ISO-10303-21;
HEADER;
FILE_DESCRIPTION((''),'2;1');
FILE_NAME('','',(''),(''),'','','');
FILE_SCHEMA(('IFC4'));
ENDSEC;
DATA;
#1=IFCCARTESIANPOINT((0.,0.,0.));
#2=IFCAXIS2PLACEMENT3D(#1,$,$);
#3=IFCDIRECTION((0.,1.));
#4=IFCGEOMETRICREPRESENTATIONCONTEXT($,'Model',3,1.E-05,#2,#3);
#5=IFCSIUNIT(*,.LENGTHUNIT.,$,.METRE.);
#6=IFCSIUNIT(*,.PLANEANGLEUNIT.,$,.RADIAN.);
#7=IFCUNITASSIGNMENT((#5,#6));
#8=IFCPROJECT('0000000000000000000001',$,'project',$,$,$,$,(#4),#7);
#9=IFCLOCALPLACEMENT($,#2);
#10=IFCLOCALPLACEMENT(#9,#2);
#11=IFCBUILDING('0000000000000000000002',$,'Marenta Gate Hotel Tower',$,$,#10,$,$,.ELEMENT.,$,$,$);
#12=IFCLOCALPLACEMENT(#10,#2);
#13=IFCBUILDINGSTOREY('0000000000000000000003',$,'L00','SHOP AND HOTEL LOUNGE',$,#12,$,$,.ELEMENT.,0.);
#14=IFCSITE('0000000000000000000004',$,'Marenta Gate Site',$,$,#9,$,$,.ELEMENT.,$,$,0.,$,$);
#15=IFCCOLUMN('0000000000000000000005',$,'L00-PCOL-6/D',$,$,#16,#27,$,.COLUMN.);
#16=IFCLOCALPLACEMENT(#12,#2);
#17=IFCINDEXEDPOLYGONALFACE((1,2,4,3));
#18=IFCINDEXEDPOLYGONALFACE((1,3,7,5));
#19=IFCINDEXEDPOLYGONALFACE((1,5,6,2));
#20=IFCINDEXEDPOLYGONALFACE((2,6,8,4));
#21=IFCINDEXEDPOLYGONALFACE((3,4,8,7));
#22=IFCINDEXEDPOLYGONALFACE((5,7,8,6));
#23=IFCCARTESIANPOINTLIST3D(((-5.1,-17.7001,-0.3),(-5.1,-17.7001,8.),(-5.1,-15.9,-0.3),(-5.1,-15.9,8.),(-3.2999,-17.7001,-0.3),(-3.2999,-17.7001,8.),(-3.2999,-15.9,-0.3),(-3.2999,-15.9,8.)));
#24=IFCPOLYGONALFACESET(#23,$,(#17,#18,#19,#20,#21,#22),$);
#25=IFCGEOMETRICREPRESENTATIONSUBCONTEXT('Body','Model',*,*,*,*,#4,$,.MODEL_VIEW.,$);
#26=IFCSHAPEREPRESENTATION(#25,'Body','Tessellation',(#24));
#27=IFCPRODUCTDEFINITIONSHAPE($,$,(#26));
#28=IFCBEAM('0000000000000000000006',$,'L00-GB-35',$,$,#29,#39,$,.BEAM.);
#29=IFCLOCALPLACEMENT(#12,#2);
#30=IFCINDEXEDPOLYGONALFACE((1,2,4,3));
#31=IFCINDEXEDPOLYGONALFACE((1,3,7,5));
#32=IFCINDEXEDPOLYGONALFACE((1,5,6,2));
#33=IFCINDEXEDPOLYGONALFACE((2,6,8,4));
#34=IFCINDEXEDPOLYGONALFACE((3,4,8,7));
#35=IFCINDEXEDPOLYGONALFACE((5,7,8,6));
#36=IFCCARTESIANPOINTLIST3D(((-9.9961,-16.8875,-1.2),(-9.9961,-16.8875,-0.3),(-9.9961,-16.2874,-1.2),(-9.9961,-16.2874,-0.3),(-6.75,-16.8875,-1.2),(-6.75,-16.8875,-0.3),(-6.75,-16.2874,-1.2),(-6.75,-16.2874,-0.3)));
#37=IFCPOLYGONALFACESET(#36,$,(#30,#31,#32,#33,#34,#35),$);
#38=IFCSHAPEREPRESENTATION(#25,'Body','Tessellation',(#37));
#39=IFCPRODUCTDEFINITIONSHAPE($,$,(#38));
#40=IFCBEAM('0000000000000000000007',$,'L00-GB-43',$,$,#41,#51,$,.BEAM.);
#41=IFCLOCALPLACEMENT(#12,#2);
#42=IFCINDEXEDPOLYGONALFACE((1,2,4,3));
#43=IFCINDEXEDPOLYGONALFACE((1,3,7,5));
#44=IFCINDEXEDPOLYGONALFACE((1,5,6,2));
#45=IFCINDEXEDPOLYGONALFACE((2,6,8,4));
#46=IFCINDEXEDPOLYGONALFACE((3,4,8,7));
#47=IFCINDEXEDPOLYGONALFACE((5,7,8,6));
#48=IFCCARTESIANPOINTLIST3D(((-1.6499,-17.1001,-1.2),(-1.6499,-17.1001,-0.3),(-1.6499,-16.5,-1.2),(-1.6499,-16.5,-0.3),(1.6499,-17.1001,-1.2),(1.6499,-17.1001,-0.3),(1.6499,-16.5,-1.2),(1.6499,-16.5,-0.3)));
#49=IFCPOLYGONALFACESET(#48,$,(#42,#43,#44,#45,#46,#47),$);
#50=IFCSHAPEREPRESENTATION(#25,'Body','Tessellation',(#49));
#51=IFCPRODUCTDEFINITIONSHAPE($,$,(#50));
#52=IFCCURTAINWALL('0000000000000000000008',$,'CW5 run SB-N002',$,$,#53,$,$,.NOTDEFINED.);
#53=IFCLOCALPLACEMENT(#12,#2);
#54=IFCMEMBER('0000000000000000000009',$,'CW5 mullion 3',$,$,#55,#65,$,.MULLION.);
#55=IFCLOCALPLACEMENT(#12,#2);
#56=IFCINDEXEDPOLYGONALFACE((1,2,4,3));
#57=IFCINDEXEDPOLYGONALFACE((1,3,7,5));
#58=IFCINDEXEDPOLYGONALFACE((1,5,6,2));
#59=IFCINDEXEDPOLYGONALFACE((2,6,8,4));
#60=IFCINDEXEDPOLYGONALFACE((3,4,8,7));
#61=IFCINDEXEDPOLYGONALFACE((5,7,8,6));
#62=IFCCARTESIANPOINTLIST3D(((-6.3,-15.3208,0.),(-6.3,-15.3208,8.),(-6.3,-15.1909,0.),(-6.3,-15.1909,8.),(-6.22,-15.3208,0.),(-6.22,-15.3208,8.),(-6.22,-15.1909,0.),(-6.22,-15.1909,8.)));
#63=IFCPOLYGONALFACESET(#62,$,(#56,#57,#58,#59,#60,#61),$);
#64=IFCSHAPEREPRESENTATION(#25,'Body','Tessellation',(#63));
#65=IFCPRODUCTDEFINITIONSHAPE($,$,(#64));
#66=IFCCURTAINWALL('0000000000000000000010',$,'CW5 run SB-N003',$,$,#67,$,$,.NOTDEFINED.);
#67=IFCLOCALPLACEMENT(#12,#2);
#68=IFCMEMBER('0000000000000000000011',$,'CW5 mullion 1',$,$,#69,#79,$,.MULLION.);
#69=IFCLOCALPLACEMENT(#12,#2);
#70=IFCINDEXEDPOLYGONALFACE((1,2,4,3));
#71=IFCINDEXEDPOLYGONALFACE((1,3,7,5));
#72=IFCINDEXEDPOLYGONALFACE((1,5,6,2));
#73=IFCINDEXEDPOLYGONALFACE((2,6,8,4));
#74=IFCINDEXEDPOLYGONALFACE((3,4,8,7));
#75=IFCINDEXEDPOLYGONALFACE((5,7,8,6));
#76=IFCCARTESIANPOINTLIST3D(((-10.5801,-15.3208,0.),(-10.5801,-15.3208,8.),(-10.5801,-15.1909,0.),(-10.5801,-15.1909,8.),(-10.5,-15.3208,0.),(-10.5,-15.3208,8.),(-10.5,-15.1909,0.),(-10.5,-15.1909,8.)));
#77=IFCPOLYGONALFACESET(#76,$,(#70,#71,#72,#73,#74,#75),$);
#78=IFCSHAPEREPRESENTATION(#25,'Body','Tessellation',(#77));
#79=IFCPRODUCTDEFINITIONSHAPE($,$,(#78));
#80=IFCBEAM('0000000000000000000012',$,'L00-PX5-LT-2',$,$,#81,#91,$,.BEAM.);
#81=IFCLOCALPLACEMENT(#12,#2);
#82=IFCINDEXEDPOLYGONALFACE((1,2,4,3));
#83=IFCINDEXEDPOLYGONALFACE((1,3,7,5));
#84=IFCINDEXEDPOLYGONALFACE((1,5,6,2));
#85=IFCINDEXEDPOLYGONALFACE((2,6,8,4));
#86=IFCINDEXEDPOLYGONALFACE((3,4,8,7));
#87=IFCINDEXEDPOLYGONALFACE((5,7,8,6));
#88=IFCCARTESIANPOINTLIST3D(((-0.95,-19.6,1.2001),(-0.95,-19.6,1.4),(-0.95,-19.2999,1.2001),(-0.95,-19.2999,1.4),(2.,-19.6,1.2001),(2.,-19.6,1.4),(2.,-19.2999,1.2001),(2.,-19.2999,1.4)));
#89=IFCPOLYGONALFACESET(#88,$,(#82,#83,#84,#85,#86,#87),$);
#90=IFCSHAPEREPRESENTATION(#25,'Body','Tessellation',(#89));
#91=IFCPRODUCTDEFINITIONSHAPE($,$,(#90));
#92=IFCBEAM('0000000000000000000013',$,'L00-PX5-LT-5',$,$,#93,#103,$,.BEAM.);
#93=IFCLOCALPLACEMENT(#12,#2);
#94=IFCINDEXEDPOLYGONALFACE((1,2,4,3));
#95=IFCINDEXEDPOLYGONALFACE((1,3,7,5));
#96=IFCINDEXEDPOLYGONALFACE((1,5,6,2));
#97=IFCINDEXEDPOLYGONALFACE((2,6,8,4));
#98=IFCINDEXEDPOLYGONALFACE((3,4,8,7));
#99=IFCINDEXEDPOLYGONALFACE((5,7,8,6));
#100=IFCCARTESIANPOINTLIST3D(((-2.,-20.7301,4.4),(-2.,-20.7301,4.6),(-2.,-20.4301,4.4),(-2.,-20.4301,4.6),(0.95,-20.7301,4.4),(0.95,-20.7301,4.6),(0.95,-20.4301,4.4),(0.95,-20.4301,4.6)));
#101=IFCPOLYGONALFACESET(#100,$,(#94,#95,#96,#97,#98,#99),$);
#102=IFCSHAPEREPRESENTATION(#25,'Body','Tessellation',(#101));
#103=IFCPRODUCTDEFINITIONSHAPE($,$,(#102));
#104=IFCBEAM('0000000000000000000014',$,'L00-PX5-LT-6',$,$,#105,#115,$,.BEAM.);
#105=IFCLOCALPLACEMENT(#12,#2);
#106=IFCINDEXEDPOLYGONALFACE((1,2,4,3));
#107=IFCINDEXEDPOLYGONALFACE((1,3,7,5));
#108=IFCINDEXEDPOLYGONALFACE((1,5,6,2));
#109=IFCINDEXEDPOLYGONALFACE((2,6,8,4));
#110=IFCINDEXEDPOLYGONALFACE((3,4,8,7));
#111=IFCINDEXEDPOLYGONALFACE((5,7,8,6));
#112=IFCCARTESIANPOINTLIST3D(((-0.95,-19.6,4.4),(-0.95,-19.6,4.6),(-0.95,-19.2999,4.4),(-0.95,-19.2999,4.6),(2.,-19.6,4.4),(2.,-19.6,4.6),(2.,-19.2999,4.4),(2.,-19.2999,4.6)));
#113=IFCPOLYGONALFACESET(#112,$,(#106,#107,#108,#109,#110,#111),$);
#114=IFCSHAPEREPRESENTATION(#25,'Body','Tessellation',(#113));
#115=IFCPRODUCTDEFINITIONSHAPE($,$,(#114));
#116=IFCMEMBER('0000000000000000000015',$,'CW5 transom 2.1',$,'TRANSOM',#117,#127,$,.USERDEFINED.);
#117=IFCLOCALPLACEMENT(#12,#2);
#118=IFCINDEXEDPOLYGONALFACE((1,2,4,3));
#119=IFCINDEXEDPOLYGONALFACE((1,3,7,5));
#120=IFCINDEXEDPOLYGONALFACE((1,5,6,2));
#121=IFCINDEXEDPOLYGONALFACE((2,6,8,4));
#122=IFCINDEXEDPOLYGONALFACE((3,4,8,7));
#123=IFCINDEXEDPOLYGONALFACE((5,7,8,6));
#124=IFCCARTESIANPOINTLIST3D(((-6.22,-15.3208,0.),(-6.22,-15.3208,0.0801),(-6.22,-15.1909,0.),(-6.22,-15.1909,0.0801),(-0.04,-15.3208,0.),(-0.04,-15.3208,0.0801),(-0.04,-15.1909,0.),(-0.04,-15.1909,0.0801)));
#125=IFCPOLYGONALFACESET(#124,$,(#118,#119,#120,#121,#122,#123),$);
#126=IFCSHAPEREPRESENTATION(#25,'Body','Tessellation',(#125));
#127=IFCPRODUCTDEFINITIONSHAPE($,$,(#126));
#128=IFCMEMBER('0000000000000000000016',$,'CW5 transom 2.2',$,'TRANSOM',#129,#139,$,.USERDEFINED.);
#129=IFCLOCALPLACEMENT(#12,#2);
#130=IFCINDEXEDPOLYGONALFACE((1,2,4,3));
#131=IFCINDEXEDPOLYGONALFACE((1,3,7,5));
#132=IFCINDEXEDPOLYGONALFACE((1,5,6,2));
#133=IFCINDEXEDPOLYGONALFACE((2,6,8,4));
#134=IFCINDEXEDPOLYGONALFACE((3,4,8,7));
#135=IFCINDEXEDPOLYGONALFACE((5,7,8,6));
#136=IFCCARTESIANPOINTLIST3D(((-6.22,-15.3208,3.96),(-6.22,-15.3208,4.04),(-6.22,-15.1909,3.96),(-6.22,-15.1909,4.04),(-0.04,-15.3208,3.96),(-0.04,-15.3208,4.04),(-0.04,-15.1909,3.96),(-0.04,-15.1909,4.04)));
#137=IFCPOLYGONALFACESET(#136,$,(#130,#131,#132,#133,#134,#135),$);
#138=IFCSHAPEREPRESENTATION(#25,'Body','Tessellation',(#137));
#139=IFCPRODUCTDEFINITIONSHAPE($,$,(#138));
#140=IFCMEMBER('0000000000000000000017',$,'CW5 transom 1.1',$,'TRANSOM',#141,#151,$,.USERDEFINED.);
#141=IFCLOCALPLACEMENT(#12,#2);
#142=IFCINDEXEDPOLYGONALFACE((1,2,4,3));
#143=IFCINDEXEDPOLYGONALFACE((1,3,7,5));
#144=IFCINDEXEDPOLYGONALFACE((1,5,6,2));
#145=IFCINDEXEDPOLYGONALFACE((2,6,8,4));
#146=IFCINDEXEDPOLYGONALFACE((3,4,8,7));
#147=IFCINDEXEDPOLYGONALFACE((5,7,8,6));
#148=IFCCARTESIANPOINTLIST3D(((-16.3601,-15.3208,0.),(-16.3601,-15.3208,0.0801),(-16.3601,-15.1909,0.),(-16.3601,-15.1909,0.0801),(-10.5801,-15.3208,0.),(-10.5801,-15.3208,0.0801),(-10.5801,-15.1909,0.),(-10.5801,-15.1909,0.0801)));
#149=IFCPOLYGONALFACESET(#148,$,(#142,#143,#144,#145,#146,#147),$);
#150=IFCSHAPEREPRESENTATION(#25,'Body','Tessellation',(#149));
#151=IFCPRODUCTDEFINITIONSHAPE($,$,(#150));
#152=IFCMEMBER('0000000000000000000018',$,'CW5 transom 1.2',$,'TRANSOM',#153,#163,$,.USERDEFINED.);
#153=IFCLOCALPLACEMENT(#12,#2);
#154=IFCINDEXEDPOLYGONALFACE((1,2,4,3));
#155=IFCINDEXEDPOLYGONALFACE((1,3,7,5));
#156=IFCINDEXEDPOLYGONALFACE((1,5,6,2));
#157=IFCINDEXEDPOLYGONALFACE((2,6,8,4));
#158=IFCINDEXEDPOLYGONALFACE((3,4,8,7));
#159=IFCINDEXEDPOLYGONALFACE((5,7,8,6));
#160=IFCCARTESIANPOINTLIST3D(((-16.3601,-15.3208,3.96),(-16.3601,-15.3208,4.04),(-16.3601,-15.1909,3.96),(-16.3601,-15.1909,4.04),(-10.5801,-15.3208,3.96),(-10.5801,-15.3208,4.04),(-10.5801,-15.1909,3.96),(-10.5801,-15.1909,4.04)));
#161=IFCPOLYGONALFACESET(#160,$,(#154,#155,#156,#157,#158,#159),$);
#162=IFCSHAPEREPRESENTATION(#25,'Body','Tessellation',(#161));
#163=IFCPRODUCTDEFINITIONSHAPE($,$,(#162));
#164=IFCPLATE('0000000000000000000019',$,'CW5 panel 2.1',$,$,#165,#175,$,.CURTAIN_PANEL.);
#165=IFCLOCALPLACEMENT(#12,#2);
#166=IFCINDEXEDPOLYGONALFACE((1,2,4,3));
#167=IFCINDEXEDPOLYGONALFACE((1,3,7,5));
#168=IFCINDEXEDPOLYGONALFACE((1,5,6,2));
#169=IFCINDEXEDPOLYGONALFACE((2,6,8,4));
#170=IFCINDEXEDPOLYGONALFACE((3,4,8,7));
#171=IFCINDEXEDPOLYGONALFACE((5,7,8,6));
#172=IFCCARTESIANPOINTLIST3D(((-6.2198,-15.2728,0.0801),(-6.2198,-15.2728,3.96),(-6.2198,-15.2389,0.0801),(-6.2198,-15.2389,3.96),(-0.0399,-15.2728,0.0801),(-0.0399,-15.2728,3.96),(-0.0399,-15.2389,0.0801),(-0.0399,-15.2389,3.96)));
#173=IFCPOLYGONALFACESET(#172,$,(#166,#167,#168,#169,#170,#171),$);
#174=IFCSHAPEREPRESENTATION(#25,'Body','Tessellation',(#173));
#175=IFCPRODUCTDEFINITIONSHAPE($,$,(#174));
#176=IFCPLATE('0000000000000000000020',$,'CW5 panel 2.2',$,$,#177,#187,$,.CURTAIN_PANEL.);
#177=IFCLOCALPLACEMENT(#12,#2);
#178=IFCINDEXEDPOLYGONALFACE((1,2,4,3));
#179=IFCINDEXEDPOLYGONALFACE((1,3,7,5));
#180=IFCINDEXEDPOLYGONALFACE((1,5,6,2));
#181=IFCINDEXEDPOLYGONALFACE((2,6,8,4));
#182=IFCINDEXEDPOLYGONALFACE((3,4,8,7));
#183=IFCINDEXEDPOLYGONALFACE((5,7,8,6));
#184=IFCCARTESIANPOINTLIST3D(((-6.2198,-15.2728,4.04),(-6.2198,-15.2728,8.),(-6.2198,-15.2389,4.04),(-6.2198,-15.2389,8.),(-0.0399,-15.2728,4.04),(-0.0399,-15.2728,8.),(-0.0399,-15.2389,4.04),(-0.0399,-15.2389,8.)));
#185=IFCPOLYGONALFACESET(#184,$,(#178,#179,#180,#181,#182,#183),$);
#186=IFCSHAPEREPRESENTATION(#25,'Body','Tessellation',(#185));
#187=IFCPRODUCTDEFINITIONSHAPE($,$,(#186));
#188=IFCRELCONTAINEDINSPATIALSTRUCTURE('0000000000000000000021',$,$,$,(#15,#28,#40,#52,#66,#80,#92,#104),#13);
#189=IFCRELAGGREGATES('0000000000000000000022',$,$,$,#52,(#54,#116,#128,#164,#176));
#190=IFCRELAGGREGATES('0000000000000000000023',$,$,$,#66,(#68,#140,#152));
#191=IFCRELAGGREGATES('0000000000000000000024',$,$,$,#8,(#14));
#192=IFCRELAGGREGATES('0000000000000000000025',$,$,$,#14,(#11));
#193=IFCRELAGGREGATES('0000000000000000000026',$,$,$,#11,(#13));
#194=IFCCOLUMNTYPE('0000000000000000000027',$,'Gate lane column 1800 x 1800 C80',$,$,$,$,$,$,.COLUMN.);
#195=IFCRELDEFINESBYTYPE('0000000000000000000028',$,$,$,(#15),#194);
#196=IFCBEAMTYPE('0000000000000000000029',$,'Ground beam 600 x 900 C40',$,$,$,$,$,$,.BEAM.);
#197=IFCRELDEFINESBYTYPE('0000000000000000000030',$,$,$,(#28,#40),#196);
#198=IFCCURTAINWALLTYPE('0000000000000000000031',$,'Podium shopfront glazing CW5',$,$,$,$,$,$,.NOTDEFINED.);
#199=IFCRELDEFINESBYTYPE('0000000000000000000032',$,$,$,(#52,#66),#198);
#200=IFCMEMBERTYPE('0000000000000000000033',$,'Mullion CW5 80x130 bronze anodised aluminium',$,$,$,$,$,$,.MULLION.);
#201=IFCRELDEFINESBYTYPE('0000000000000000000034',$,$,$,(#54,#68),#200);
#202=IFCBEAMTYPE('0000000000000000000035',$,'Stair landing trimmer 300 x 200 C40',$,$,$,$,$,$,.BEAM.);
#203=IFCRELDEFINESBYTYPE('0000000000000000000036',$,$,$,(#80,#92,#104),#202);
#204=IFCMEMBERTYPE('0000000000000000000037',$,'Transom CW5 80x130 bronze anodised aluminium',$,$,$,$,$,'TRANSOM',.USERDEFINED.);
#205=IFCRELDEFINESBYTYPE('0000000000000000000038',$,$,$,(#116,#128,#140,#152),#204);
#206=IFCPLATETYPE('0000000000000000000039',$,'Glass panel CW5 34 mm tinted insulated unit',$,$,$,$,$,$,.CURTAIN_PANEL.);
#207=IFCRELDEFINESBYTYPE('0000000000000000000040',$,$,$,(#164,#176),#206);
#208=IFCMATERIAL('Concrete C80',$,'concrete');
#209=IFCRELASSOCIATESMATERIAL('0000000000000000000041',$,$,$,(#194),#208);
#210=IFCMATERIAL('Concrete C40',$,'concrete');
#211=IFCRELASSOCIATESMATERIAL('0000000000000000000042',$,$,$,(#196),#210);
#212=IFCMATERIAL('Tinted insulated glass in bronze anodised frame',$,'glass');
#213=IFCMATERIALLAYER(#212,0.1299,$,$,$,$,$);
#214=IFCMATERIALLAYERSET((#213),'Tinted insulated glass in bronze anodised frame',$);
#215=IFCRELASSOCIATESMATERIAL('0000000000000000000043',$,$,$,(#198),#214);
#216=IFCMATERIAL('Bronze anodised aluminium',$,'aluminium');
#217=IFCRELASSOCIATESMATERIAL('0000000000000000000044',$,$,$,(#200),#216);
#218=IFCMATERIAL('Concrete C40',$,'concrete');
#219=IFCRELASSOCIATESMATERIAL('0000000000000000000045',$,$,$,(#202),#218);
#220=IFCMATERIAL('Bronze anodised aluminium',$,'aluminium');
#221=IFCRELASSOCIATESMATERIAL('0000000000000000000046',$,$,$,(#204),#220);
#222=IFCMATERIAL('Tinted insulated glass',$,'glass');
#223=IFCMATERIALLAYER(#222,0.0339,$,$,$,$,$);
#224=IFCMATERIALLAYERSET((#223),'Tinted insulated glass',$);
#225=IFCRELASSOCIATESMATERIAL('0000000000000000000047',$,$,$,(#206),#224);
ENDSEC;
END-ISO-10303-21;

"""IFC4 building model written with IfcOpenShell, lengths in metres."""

from ifc_helpers import new_model, si_unit, direction, frame, origin, origin_2d, place, context, subcontext, project, spatial, rectangle, extrude, material, layer, layer_set, material_profile, profile_set, type_object, element, aggregate, save


model = new_model("IFC4")

# Units and contexts
model_context = context("Model", 3, precision=1e-05, world=origin(), true_north=direction((0.0, 1.0)))
body_context = subcontext(model_context, "Body", "Model", "MODEL_VIEW")
ifc_project = project(units=[si_unit("LENGTHUNIT", "METRE"), si_unit("PLANEANGLEUNIT", "RADIAN")], contexts=[model_context])

# Site, building, storey
site_placement = place(None, origin())
site = spatial("IfcSite", under=ifc_project, at=site_placement, Name="Marenta Gate Site", CompositionType="ELEMENT", RefElevation=0.0)
building_placement = place(site_placement, origin())
building = spatial("IfcBuilding", under=site, at=building_placement, Name="Marenta Gate Hotel Tower", CompositionType="ELEMENT")
storey_placement = place(building_placement, origin())
storey = spatial("IfcBuildingStorey", under=building, at=storey_placement, Name="L00", Description="SHOP AND HOTEL LOUNGE", CompositionType="ELEMENT", Elevation=0.0)

# Column
ifc_material_1 = material(Name="Concrete C80", Category="concrete")
ifc_material_profile_1 = material_profile(ifc_material_1, rectangle(XDim=1.8, YDim=1.8, at=origin_2d()), Name="1800 x 1800")
ifc_profile_set_1 = profile_set([ifc_material_profile_1], Name="Concrete C80")
column_type_1 = type_object("IfcColumnType", Name="Gate lane column 1800 x 1800 C80", PredefinedType="COLUMN", material=ifc_profile_set_1)
for number, where, z_axis, x_axis, name in (
    (1, (-4.2, -16.8, -0.3), (0.0, 0.0, 1.0), (1.0, 0.0, 0.0), "L00-PCOL-6/D"),
):
    element("IfcColumn", number, at=place(storey_placement, frame(where, z_axis=z_axis, x_axis=x_axis)), inside=storey, type_object=column_type_1, Name=name, PredefinedType="COLUMN", context=body_context, shape_type="SweptSolid", body=[
        extrude(rectangle(XDim=1.8, YDim=1.8, at=origin_2d()), origin(), (0.0, 0.0, 1.0), 8.3),
    ])

# Beams
ifc_material_2 = material(Name="Concrete C40", Category="concrete")
ifc_material_profile_2 = material_profile(ifc_material_2, rectangle(XDim=0.6001, YDim=0.8999, at=origin_2d()), Name="600 x 900")
ifc_profile_set_2 = profile_set([ifc_material_profile_2], Name="Concrete C40")
beam_type_1 = type_object("IfcBeamType", Name="Ground beam 600 x 900 C40", PredefinedType="BEAM", material=ifc_profile_set_2)
beam_1_placement = place(storey_placement, frame((-9.9961, -16.5874, -0.75), z_axis=(1.0, 0.0, 0.0), x_axis=(0.0, 1.0, 0.0)))
element("IfcBeam", 2, at=beam_1_placement, inside=storey, type_object=beam_type_1, Name="L00-GB-35", PredefinedType="BEAM", context=body_context, shape_type="SweptSolid", body=[
    extrude(rectangle(XDim=0.6001, YDim=0.8999, at=origin_2d()), origin(), (0.0, 0.0, 1.0), 3.2461),
])
beam_2_placement = place(storey_placement, frame((-1.6499, -16.8, -0.75), z_axis=(1.0, 0.0, 0.0), x_axis=(0.0, 1.0, 0.0)))
element("IfcBeam", 3, at=beam_2_placement, inside=storey, type_object=beam_type_1, Name="L00-GB-43", PredefinedType="BEAM", context=body_context, shape_type="SweptSolid", body=[
    extrude(rectangle(XDim=0.6001, YDim=0.8999, at=origin_2d()), origin(), (0.0, 0.0, 1.0), 3.2998),
])

# Curtain walls, members
ifc_material_3 = material(Name="Tinted insulated glass in bronze anodised frame", Category="glass")
ifc_layer_1 = layer(ifc_material_3, 0.1299)
ifc_layer_set_1 = layer_set([ifc_layer_1], Name="Tinted insulated glass in bronze anodised frame")
curtain_wall_type = type_object("IfcCurtainWallType", Name="Podium shopfront glazing CW5", PredefinedType="NOTDEFINED", material=ifc_layer_set_1)
curtain_wall_1_placement = place(storey_placement, origin())
curtain_wall_1 = element("IfcCurtainWall", 4, at=curtain_wall_1_placement, inside=storey, type_object=curtain_wall_type, Name="CW5 run SB-N002", PredefinedType="NOTDEFINED")
ifc_material_4 = material(Name="Bronze anodised aluminium", Category="aluminium")
ifc_material_profile_3 = material_profile(ifc_material_4, rectangle(XDim=0.1299, YDim=0.0801, at=origin_2d()), Name="Mullion CW5 80x130 bronze anodised aluminium")
ifc_profile_set_3 = profile_set([ifc_material_profile_3], Name="Bronze anodised aluminium")
member_type_1 = type_object("IfcMemberType", Name="Mullion CW5 80x130 bronze anodised aluminium", PredefinedType="MULLION", material=ifc_profile_set_3)
member_1_placement = place(storey_placement, frame((-6.26, -15.2559, 0.0), z_axis=(0.0, 0.0, 1.0), x_axis=(0.0, -1.0, 0.0)))
member_1 = element("IfcMember", 5, at=member_1_placement, type_object=member_type_1, Name="CW5 mullion 3", PredefinedType="MULLION", context=body_context, shape_type="SweptSolid", body=[
    extrude(rectangle(XDim=0.1299, YDim=0.0801, at=origin_2d()), origin(), (0.0, 0.0, 1.0), 8.0),
])
curtain_wall_2_placement = place(storey_placement, origin())
curtain_wall_2 = element("IfcCurtainWall", 6, at=curtain_wall_2_placement, inside=storey, type_object=curtain_wall_type, Name="CW5 run SB-N003", PredefinedType="NOTDEFINED")
member_2_placement = place(storey_placement, frame((-10.54, -15.2559, 0.0), z_axis=(0.0, 0.0, 1.0), x_axis=(0.0, -1.0, 0.0)))
member_2 = element("IfcMember", 7, at=member_2_placement, type_object=member_type_1, Name="CW5 mullion 1", PredefinedType="MULLION", context=body_context, shape_type="SweptSolid", body=[
    extrude(rectangle(XDim=0.1299, YDim=0.0801, at=origin_2d()), origin(), (0.0, 0.0, 1.0), 8.0),
])

# Beams
ifc_material_5 = material(Name="Concrete C40", Category="concrete")
ifc_material_profile_4 = material_profile(ifc_material_5, rectangle(XDim=0.3, YDim=0.2, at=origin_2d()), Name="300 x 200")
ifc_profile_set_4 = profile_set([ifc_material_profile_4], Name="Concrete C40")
beam_type_2 = type_object("IfcBeamType", Name="Stair landing trimmer 300 x 200 C40", PredefinedType="BEAM", material=ifc_profile_set_4)
for number, where, z_axis, x_axis, name in (
    (8, (-0.95, -19.45, 1.3), (1.0, 0.0, 0.0), (0.0, 1.0, 0.0), "L00-PX5-LT-2"),
    (9, (-2.0, -20.5801, 4.5), (1.0, 0.0, 0.0), (0.0, 1.0, 0.0), "L00-PX5-LT-5"),
    (10, (-0.95, -19.45, 4.5), (1.0, 0.0, 0.0), (0.0, 1.0, 0.0), "L00-PX5-LT-6"),
):
    element("IfcBeam", number, at=place(storey_placement, frame(where, z_axis=z_axis, x_axis=x_axis)), inside=storey, type_object=beam_type_2, Name=name, PredefinedType="BEAM", context=body_context, shape_type="SweptSolid", body=[
        extrude(rectangle(XDim=0.3, YDim=0.2, at=origin_2d()), origin(), (0.0, 0.0, 1.0), 2.95),
    ])

# Members
ifc_material_6 = material(Name="Bronze anodised aluminium", Category="aluminium")
ifc_material_profile_5 = material_profile(ifc_material_6, rectangle(XDim=0.1299, YDim=0.0801, at=origin_2d()), Name="Transom CW5 80x130 bronze anodised aluminium")
ifc_profile_set_5 = profile_set([ifc_material_profile_5], Name="Bronze anodised aluminium")
member_type_2 = type_object("IfcMemberType", Name="Transom CW5 80x130 bronze anodised aluminium", ElementType="TRANSOM", PredefinedType="USERDEFINED", material=ifc_profile_set_5)
member_3_placement = place(storey_placement, frame((-0.04, -15.2559, 0.04), z_axis=(-1.0, 0.0, 0.0), x_axis=(0.0, -1.0, 0.0)))
member_3 = element("IfcMember", 11, at=member_3_placement, type_object=member_type_2, Name="CW5 transom 2.1", ObjectType="TRANSOM", PredefinedType="USERDEFINED", context=body_context, shape_type="SweptSolid", body=[
    extrude(rectangle(XDim=0.1299, YDim=0.0801, at=origin_2d()), origin(), (0.0, 0.0, 1.0), 6.1799),
])
member_4_placement = place(storey_placement, frame((-0.04, -15.2559, 4.0), z_axis=(-1.0, 0.0, 0.0), x_axis=(0.0, -1.0, 0.0)))
member_4 = element("IfcMember", 12, at=member_4_placement, type_object=member_type_2, Name="CW5 transom 2.2", ObjectType="TRANSOM", PredefinedType="USERDEFINED", context=body_context, shape_type="SweptSolid", body=[
    extrude(rectangle(XDim=0.1299, YDim=0.0801, at=origin_2d()), origin(), (0.0, 0.0, 1.0), 6.1799),
])
member_5_placement = place(storey_placement, frame((-10.5801, -15.2559, 0.04), z_axis=(-1.0, 0.0, 0.0), x_axis=(0.0, -1.0, 0.0)))
member_5 = element("IfcMember", 13, at=member_5_placement, type_object=member_type_2, Name="CW5 transom 1.1", ObjectType="TRANSOM", PredefinedType="USERDEFINED", context=body_context, shape_type="SweptSolid", body=[
    extrude(rectangle(XDim=0.1299, YDim=0.0801, at=origin_2d()), origin(), (0.0, 0.0, 1.0), 5.78),
])
member_6_placement = place(storey_placement, frame((-10.5801, -15.2559, 4.0), z_axis=(-1.0, 0.0, 0.0), x_axis=(0.0, -1.0, 0.0)))
member_6 = element("IfcMember", 14, at=member_6_placement, type_object=member_type_2, Name="CW5 transom 1.2", ObjectType="TRANSOM", PredefinedType="USERDEFINED", context=body_context, shape_type="SweptSolid", body=[
    extrude(rectangle(XDim=0.1299, YDim=0.0801, at=origin_2d()), origin(), (0.0, 0.0, 1.0), 5.78),
])

# Plates
ifc_material_7 = material(Name="Tinted insulated glass", Category="glass")
ifc_layer_2 = layer(ifc_material_7, 0.0339)
ifc_layer_set_2 = layer_set([ifc_layer_2], Name="Tinted insulated glass")
plate_type = type_object("IfcPlateType", Name="Glass panel CW5 34 mm tinted insulated unit", PredefinedType="CURTAIN_PANEL", material=ifc_layer_set_2)
plate_1_placement = place(storey_placement, frame((-3.1299, -15.2559, 0.0801), z_axis=(0.0, 0.0, 1.0), x_axis=(-1.0, 0.0, 0.0)))
plate_1 = element("IfcPlate", 15, at=plate_1_placement, type_object=plate_type, Name="CW5 panel 2.1", PredefinedType="CURTAIN_PANEL", context=body_context, shape_type="SweptSolid", body=[
    extrude(rectangle(XDim=6.1799, YDim=0.0339, at=origin_2d()), origin(), (0.0, 0.0, 1.0), 3.8799),
])
plate_2_placement = place(storey_placement, frame((-3.1299, -15.2559, 4.04), z_axis=(0.0, 0.0, 1.0), x_axis=(-1.0, 0.0, 0.0)))
plate_2 = element("IfcPlate", 16, at=plate_2_placement, type_object=plate_type, Name="CW5 panel 2.2", PredefinedType="CURTAIN_PANEL", context=body_context, shape_type="SweptSolid", body=[
    extrude(rectangle(XDim=6.1799, YDim=0.0339, at=origin_2d()), origin(), (0.0, 0.0, 1.0), 3.96),
])
aggregate(curtain_wall_1, [member_1, member_3, member_4, plate_1, plate_2])
aggregate(curtain_wall_2, [member_2, member_5, member_6])

save(model, "model.ifc")
